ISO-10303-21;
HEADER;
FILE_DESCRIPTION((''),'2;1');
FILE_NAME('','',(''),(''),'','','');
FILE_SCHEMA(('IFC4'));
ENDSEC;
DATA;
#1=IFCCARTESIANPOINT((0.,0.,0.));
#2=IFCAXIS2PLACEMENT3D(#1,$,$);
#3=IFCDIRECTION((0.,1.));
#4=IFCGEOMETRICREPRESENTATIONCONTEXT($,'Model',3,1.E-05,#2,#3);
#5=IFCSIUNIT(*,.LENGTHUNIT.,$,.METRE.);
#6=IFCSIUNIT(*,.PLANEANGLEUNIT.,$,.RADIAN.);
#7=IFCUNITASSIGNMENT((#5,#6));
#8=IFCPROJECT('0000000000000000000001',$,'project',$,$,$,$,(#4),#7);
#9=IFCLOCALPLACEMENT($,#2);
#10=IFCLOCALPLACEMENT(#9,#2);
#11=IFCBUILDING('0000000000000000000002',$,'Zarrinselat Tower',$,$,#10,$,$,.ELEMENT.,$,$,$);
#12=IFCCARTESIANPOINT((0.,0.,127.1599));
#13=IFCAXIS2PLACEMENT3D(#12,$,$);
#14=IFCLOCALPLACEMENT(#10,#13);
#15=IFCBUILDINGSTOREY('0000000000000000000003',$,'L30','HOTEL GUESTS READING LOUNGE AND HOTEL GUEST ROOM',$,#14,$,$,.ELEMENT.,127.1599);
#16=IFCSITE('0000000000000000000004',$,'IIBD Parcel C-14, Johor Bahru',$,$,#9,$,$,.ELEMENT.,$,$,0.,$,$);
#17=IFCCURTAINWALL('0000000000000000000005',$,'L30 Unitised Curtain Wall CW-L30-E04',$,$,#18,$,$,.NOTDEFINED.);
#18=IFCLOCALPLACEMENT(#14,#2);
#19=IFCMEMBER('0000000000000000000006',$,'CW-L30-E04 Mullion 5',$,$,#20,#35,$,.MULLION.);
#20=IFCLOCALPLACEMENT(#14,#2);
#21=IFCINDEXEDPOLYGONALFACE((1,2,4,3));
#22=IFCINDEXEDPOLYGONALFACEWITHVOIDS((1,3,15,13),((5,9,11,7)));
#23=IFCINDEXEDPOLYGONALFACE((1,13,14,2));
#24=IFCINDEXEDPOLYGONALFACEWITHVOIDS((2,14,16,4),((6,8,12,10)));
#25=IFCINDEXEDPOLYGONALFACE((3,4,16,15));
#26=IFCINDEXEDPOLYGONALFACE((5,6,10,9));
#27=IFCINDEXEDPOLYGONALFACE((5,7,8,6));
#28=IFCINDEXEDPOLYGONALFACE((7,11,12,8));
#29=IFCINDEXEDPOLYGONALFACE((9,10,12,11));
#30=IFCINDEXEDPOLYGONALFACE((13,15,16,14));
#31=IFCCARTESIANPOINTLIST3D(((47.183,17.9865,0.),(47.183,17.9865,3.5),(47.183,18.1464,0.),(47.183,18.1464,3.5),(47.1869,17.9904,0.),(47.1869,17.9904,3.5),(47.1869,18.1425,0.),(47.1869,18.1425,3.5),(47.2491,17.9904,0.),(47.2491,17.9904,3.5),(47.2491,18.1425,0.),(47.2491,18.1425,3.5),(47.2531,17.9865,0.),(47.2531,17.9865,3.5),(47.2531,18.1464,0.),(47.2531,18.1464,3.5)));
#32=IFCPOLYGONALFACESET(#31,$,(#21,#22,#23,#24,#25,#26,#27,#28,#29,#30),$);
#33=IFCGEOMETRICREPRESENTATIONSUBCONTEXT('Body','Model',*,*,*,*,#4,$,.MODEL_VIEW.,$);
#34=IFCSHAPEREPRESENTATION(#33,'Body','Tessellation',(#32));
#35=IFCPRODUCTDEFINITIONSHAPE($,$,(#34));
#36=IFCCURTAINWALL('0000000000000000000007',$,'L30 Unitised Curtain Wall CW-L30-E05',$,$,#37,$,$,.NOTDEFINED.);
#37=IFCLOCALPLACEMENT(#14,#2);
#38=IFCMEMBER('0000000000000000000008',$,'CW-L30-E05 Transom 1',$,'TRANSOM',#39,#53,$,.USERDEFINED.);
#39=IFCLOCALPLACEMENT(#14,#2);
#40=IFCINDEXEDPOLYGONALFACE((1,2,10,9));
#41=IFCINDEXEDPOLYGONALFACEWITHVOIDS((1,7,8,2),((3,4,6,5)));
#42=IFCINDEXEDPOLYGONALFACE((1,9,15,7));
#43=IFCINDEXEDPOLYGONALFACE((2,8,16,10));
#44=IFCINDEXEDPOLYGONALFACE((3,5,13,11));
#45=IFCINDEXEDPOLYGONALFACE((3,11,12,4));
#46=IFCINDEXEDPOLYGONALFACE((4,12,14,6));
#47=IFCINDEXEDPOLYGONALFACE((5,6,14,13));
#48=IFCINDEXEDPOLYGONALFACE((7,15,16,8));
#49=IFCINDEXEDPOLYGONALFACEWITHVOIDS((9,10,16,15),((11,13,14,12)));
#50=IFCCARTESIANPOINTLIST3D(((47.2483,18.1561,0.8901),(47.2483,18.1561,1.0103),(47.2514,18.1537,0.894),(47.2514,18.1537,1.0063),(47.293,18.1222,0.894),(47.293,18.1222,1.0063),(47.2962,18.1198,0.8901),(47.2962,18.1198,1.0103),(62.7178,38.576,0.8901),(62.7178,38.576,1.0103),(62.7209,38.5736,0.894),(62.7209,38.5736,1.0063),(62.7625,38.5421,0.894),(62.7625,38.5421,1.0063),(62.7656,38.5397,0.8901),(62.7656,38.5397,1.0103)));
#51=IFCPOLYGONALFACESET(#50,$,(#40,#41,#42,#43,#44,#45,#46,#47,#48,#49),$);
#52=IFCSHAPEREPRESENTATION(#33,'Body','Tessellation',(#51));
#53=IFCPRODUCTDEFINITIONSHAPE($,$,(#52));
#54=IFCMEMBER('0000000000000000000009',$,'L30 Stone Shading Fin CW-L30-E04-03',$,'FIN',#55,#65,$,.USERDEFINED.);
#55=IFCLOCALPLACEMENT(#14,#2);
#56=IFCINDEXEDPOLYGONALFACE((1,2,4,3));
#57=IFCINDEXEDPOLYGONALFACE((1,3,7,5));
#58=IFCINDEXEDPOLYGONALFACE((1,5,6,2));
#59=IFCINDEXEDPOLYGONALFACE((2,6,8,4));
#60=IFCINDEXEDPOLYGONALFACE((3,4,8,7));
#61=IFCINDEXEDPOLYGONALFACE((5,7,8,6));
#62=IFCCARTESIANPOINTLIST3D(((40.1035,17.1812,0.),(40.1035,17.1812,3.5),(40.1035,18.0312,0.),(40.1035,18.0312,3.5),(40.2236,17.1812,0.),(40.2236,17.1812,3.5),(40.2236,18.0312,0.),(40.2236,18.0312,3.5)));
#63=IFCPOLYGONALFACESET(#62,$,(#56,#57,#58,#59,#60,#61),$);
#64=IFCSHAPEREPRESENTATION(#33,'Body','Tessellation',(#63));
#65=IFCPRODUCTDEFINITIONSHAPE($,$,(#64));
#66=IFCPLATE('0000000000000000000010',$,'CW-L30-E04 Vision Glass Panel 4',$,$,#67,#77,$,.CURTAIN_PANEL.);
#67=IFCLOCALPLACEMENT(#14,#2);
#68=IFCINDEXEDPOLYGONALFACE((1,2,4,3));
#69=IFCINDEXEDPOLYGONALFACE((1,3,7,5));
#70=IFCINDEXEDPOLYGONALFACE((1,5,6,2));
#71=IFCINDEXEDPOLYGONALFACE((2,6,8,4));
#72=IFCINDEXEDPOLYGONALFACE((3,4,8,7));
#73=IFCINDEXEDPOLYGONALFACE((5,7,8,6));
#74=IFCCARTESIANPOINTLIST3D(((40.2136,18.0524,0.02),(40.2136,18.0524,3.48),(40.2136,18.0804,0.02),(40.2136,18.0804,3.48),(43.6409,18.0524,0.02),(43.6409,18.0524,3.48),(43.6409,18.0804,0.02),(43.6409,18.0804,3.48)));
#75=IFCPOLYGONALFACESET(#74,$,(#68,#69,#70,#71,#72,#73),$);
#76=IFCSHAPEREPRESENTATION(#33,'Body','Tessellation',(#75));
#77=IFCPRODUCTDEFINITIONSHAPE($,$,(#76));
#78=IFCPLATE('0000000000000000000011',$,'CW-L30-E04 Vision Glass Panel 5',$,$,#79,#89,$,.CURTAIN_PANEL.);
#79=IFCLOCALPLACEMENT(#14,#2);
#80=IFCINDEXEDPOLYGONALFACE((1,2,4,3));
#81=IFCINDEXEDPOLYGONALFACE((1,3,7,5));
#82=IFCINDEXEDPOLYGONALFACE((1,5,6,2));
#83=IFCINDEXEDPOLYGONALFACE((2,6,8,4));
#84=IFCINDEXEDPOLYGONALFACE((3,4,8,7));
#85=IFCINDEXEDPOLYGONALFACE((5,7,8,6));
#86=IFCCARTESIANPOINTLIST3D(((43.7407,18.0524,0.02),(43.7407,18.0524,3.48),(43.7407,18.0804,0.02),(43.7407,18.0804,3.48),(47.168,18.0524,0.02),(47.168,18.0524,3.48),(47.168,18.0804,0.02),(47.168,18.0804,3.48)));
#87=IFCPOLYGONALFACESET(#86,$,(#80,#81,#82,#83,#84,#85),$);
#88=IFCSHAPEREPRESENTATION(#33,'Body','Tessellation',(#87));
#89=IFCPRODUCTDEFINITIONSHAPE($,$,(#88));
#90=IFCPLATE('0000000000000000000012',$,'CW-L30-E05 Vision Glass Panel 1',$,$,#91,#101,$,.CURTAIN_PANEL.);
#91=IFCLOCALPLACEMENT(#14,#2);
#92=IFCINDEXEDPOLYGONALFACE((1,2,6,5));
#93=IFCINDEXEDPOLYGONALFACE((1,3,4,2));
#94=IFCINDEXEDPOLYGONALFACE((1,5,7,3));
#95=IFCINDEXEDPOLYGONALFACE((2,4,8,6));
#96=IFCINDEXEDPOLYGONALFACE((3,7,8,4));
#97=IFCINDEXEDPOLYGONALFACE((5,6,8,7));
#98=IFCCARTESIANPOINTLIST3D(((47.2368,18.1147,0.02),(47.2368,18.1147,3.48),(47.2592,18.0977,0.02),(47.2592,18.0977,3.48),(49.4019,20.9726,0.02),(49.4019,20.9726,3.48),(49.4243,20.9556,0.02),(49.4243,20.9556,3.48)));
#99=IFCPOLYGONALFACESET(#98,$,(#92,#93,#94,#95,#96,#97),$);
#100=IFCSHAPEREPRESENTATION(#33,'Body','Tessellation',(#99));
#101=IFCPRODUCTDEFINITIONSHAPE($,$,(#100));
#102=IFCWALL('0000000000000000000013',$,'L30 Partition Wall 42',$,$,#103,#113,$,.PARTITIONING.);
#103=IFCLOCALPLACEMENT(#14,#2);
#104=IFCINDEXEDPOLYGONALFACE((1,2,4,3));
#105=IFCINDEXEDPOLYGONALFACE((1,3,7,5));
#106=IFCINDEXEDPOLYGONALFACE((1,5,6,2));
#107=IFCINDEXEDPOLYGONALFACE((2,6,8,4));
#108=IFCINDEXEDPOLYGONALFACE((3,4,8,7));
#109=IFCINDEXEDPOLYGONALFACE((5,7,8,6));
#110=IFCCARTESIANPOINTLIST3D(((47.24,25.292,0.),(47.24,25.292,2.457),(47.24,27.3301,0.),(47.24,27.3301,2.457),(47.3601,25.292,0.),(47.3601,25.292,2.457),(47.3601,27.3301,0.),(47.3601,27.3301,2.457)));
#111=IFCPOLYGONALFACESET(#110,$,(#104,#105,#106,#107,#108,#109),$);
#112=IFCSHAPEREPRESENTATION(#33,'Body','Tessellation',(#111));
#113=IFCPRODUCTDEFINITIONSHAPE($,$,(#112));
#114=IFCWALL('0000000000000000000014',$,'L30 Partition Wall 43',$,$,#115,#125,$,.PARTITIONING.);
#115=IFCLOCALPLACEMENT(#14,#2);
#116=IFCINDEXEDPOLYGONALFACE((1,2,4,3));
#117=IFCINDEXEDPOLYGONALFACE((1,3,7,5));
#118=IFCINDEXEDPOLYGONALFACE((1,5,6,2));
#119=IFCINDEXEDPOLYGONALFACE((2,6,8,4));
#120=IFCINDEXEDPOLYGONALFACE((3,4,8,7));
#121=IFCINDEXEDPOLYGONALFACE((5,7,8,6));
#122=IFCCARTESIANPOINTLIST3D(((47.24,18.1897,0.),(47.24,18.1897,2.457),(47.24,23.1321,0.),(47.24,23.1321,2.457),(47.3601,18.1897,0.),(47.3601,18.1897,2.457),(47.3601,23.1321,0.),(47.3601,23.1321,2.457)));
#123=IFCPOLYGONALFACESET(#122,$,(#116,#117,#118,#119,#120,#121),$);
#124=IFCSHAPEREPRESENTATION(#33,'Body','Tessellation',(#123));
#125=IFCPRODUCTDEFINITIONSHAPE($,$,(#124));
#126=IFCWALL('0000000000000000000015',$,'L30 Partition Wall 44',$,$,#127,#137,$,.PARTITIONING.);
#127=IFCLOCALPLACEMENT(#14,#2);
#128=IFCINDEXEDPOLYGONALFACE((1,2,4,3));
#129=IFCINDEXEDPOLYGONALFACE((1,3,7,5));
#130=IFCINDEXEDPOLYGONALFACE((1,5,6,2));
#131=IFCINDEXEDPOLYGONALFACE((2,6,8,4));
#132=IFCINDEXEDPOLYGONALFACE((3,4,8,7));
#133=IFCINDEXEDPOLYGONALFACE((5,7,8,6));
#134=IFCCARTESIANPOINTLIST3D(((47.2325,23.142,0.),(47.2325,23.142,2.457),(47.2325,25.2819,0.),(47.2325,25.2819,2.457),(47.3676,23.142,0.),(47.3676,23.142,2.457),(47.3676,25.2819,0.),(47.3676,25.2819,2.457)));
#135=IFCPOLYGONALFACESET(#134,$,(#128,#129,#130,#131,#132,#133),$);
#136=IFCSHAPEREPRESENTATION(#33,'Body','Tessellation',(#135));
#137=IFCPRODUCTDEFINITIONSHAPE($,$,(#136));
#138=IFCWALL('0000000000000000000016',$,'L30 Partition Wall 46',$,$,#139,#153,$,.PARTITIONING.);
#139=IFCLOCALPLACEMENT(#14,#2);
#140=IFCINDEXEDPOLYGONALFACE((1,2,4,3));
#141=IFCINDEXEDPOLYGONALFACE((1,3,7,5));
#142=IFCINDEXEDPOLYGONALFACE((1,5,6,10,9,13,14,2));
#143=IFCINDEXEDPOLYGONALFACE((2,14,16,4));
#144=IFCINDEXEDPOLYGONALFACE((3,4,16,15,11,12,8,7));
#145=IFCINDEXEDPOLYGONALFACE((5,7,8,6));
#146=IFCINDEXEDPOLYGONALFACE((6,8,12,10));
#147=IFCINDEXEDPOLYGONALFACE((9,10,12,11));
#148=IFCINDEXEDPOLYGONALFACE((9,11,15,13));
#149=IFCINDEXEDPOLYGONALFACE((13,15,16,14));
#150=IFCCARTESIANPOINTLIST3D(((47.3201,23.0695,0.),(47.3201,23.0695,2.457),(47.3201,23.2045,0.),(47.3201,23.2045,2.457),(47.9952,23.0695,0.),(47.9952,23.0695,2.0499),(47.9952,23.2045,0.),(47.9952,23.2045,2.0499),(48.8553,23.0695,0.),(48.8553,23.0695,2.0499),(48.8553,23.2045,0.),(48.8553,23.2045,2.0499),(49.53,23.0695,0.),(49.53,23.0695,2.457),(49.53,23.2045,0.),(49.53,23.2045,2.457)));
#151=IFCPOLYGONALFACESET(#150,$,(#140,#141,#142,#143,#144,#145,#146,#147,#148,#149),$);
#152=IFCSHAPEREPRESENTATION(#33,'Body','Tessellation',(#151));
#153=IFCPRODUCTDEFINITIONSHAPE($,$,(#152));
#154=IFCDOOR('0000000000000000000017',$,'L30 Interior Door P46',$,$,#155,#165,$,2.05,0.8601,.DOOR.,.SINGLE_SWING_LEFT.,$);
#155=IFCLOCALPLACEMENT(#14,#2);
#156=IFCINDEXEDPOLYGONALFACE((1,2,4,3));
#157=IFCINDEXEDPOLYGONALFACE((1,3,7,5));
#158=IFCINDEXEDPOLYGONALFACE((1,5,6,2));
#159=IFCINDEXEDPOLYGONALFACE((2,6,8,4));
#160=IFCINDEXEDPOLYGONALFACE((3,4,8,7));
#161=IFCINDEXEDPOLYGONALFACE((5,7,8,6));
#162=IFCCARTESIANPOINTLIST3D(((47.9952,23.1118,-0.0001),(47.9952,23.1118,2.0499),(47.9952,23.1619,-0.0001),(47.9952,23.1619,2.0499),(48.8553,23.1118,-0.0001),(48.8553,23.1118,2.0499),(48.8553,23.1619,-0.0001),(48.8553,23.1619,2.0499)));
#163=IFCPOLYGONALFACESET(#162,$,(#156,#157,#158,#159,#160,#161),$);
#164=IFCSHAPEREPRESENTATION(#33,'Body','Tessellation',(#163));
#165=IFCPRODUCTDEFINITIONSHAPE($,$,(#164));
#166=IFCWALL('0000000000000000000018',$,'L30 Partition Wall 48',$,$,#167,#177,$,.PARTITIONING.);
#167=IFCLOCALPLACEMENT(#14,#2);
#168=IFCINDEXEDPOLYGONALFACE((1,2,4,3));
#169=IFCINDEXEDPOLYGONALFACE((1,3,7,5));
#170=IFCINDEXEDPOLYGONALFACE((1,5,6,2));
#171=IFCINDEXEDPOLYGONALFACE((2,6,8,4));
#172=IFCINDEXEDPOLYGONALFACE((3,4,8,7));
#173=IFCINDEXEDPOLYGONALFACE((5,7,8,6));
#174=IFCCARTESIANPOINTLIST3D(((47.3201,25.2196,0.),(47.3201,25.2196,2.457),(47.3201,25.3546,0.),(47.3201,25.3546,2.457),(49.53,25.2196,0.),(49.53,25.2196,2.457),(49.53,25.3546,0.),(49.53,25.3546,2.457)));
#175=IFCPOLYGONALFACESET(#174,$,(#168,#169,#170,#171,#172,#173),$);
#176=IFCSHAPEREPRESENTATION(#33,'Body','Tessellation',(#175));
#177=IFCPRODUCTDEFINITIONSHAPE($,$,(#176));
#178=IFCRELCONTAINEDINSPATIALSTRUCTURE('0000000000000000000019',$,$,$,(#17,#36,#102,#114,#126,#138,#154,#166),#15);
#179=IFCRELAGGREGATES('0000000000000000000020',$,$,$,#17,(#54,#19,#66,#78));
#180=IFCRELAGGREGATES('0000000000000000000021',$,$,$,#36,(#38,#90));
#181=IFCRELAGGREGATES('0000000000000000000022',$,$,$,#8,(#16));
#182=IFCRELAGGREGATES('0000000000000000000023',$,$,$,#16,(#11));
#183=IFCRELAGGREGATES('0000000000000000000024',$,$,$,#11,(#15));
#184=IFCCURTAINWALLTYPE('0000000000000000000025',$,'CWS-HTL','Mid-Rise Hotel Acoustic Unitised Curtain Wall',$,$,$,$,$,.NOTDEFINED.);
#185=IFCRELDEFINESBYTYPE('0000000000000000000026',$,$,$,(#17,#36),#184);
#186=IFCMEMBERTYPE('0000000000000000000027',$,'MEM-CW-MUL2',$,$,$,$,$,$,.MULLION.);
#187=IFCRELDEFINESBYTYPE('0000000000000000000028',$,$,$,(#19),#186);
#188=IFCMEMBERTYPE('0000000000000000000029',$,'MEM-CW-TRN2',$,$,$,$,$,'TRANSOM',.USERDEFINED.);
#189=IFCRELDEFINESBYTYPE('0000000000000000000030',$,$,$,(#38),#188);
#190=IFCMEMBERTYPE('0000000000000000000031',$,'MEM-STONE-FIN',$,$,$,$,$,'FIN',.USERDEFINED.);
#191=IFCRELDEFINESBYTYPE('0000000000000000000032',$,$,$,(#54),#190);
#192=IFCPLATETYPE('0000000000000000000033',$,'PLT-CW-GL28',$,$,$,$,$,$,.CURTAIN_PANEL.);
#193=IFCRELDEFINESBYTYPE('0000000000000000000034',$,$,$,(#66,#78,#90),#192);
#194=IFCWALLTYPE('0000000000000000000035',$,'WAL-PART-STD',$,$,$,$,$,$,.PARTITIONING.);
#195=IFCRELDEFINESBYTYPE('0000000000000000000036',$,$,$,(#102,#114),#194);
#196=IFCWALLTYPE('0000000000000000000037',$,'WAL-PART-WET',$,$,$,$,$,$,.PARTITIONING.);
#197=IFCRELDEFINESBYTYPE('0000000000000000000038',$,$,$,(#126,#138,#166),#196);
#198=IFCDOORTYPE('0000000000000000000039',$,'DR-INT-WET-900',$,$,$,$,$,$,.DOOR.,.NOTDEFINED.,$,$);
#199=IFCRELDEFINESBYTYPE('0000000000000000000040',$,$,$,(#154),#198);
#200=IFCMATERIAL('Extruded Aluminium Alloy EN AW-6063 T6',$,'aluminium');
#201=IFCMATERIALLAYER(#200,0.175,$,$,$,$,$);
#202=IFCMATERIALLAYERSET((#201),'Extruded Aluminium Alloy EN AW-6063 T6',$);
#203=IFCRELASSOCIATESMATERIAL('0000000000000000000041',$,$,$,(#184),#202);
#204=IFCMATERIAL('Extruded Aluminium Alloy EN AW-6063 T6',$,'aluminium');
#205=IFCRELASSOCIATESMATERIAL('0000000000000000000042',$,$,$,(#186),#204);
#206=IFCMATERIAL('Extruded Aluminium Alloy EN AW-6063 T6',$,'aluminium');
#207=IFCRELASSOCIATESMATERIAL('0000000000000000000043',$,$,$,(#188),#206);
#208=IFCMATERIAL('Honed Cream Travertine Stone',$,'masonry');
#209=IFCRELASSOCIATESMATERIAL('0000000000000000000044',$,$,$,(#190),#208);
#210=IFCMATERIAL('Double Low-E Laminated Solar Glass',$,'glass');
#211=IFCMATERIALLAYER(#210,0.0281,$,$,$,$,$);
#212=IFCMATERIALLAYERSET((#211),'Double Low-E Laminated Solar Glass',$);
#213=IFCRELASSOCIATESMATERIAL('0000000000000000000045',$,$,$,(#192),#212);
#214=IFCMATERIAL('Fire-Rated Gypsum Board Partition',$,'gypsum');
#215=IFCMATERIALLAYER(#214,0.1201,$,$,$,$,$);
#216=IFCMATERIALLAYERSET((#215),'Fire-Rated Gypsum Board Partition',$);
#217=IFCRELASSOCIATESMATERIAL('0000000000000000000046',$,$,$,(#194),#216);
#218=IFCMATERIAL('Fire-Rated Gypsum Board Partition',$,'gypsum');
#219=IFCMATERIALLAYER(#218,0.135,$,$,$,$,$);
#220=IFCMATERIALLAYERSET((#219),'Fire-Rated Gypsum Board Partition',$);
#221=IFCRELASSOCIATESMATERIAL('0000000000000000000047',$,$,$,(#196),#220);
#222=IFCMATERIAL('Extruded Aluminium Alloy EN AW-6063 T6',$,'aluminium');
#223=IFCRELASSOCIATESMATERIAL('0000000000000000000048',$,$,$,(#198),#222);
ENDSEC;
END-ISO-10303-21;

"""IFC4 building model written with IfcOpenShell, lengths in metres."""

from ifc_helpers import new_model, si_unit, direction, frame, frame_2d, origin, origin_2d, place, context, subcontext, project, spatial, rectangle, hollow_rectangle, extrude, material, layer, layer_set, material_profile, profile_set, type_object, element, fill, aggregate, save


model = new_model("IFC4")

# Units and contexts
model_context = context("Model", 3, precision=1e-05, world=origin(), true_north=direction((0.0, 1.0)))
body_context = subcontext(model_context, "Body", "Model", "MODEL_VIEW")
ifc_project = project(units=[si_unit("LENGTHUNIT", "METRE"), si_unit("PLANEANGLEUNIT", "RADIAN")], contexts=[model_context])

# Site, building, storey
site_placement = place(None, origin())
site = spatial("IfcSite", under=ifc_project, at=site_placement, Name="IIBD Parcel C-14, Johor Bahru", CompositionType="ELEMENT", RefElevation=0.0)
building_placement = place(site_placement, origin())
building = spatial("IfcBuilding", under=site, at=building_placement, Name="Zarrinselat Tower", CompositionType="ELEMENT")
storey_placement = place(building_placement, frame((0.0, 0.0, 127.1599)))
storey = spatial("IfcBuildingStorey", under=building, at=storey_placement, Name="L30", Description="HOTEL GUESTS READING LOUNGE AND HOTEL GUEST ROOM", CompositionType="ELEMENT", Elevation=127.1599)

# Curtain wall, member
ifc_material_1 = material(Name="Extruded Aluminium Alloy EN AW-6063 T6", Category="aluminium")
ifc_layer_1 = layer(ifc_material_1, 0.175)
ifc_layer_set_1 = layer_set([ifc_layer_1], Name="Extruded Aluminium Alloy EN AW-6063 T6")
curtain_wall_type = type_object("IfcCurtainWallType", Name="CWS-HTL", Description="Mid-Rise Hotel Acoustic Unitised Curtain Wall", PredefinedType="NOTDEFINED", material=ifc_layer_set_1)
curtain_wall_1_placement = place(storey_placement, origin())
curtain_wall_1 = element("IfcCurtainWall", 1, at=curtain_wall_1_placement, inside=storey, type_object=curtain_wall_type, Name="L30 Unitised Curtain Wall CW-L30-E04", PredefinedType="NOTDEFINED")
ifc_material_2 = material(Name="Extruded Aluminium Alloy EN AW-6063 T6", Category="aluminium")
ifc_material_profile_1 = material_profile(ifc_material_2, hollow_rectangle(XDim=0.0701, YDim=0.1599, WallThickness=0.0039, at=origin_2d()), Name="RHS 160x70x4")
ifc_profile_set_1 = profile_set([ifc_material_profile_1], Name="Extruded Aluminium Alloy EN AW-6063 T6")
member_type_1 = type_object("IfcMemberType", Name="MEM-CW-MUL2", PredefinedType="MULLION", material=ifc_profile_set_1)
member_1_placement = place(storey_placement, frame((47.218, 18.0664, 0.0), z_axis=(0.0, 0.0, 1.0), x_axis=(1.0, 0.0, 0.0)))
member_1 = element("IfcMember", 2, at=member_1_placement, type_object=member_type_1, Name="CW-L30-E04 Mullion 5", PredefinedType="MULLION", context=body_context, shape_type="SweptSolid", body=[
    extrude(hollow_rectangle(XDim=0.0701, YDim=0.1599, WallThickness=0.0039, at=origin_2d()), origin(), (0.0, 0.0, 1.0), 3.5),
])

# Curtain wall, member
curtain_wall_2_placement = place(storey_placement, origin())
curtain_wall_2 = element("IfcCurtainWall", 3, at=curtain_wall_2_placement, inside=storey, type_object=curtain_wall_type, Name="L30 Unitised Curtain Wall CW-L30-E05", PredefinedType="NOTDEFINED")
ifc_material_3 = material(Name="Extruded Aluminium Alloy EN AW-6063 T6", Category="aluminium")
ifc_material_profile_2 = material_profile(ifc_material_3, hollow_rectangle(XDim=0.0601, YDim=0.1201, WallThickness=0.0039, at=origin_2d()), Name="RHS 120x60x4")
ifc_profile_set_2 = profile_set([ifc_material_profile_2], Name="Extruded Aluminium Alloy EN AW-6063 T6")
member_type_2 = type_object("IfcMemberType", Name="MEM-CW-TRN2", ElementType="TRANSOM", PredefinedType="USERDEFINED", material=ifc_profile_set_2)
member_2_placement = place(storey_placement, frame((47.2722, 18.1379, 0.9502), z_axis=(0.603854, 0.797095, 0.0), x_axis=(-0.797095, 0.603854, 0.0)))
member_2 = element("IfcMember", 4, at=member_2_placement, type_object=member_type_2, Name="CW-L30-E05 Transom 1", ObjectType="TRANSOM", PredefinedType="USERDEFINED", context=body_context, shape_type="SweptSolid", body=[
    extrude(hollow_rectangle(XDim=0.0601, YDim=0.1201, WallThickness=0.0039, at=origin_2d()), origin(), (0.0, 0.0, 1.0), 25.6179),
])

# Member
ifc_material_4 = material(Name="Honed Cream Travertine Stone", Category="masonry")
ifc_material_profile_3 = material_profile(ifc_material_4, rectangle(XDim=0.1201, YDim=0.8501, at=origin_2d()), Name="FIN 850x120")
ifc_profile_set_3 = profile_set([ifc_material_profile_3], Name="Honed Cream Travertine Stone")
member_type_3 = type_object("IfcMemberType", Name="MEM-STONE-FIN", ElementType="FIN", PredefinedType="USERDEFINED", material=ifc_profile_set_3)
member_3_placement = place(storey_placement, frame((40.1636, 17.6062, 0.0), z_axis=(0.0, 0.0, 1.0), x_axis=(-1.0, 0.0, 0.0)))
member_3 = element("IfcMember", 5, at=member_3_placement, type_object=member_type_3, Name="L30 Stone Shading Fin CW-L30-E04-03", ObjectType="FIN", PredefinedType="USERDEFINED", context=body_context, shape_type="SweptSolid", body=[
    extrude(rectangle(XDim=0.1201, YDim=0.8501, at=origin_2d()), origin(), (0.0, 0.0, 1.0), 3.5),
])

# Plates
ifc_material_5 = material(Name="Double Low-E Laminated Solar Glass", Category="glass")
ifc_layer_2 = layer(ifc_material_5, 0.0281)
ifc_layer_set_2 = layer_set([ifc_layer_2], Name="Double Low-E Laminated Solar Glass")
plate_type = type_object("IfcPlateType", Name="PLT-CW-GL28", PredefinedType="CURTAIN_PANEL", material=ifc_layer_set_2)
plate_1_placement = place(storey_placement, frame((41.9272, 18.0664, 0.02), z_axis=(0.0, 0.0, 1.0), x_axis=(1.0, 0.0, 0.0)))
plate_1 = element("IfcPlate", 6, at=plate_1_placement, type_object=plate_type, Name="CW-L30-E04 Vision Glass Panel 4", PredefinedType="CURTAIN_PANEL", context=body_context, shape_type="SweptSolid", body=[
    extrude(rectangle(XDim=3.4272, YDim=0.0281, at=origin_2d()), origin(), (0.0, 0.0, 1.0), 3.46),
])
plate_2_placement = place(storey_placement, frame((45.4543, 18.0664, 0.02), z_axis=(0.0, 0.0, 1.0), x_axis=(1.0, 0.0, 0.0)))
plate_2 = element("IfcPlate", 7, at=plate_2_placement, type_object=plate_type, Name="CW-L30-E04 Vision Glass Panel 5", PredefinedType="CURTAIN_PANEL", context=body_context, shape_type="SweptSolid", body=[
    extrude(rectangle(XDim=3.4272, YDim=0.0281, at=origin_2d()), origin(), (0.0, 0.0, 1.0), 3.46),
])
aggregate(curtain_wall_1, [member_3, member_1, plate_1, plate_2])
plate_3_placement = place(storey_placement, frame((48.3306, 19.5352, 0.02), z_axis=(0.0, 0.0, 1.0), x_axis=(0.603858, 0.797092, 0.0)))
plate_3 = element("IfcPlate", 8, at=plate_3_placement, type_object=plate_type, Name="CW-L30-E05 Vision Glass Panel 1", PredefinedType="CURTAIN_PANEL", context=body_context, shape_type="SweptSolid", body=[
    extrude(rectangle(XDim=3.5854, YDim=0.0281, at=origin_2d()), origin(), (0.0, 0.0, 1.0), 3.46),
])
aggregate(curtain_wall_2, [member_2, plate_3])

# Walls
ifc_material_6 = material(Name="Fire-Rated Gypsum Board Partition", Category="gypsum")
ifc_layer_3 = layer(ifc_material_6, 0.1201)
ifc_layer_set_3 = layer_set([ifc_layer_3], Name="Fire-Rated Gypsum Board Partition")
wall_type_1 = type_object("IfcWallType", Name="WAL-PART-STD", PredefinedType="PARTITIONING", material=ifc_layer_set_3)
wall_1_placement = place(storey_placement, frame((47.3, 25.292, 0.0), z_axis=(0.0, 0.0, 1.0), x_axis=(0.0, 1.0, 0.0)))
element("IfcWall", 9, at=wall_1_placement, inside=storey, type_object=wall_type_1, Name="L30 Partition Wall 42", PredefinedType="PARTITIONING", context=body_context, shape_type="SweptSolid", body=[
    extrude(rectangle(XDim=2.0381, YDim=0.1201, at=frame_2d((1.019, 0.0))), origin(), (0.0, 0.0, 1.0), 2.457),
])
wall_2_placement = place(storey_placement, frame((47.3, 18.1897, 0.0), z_axis=(0.0, 0.0, 1.0), x_axis=(0.0, 1.0, 0.0)))
element("IfcWall", 10, at=wall_2_placement, inside=storey, type_object=wall_type_1, Name="L30 Partition Wall 43", PredefinedType="PARTITIONING", context=body_context, shape_type="SweptSolid", body=[
    extrude(rectangle(XDim=4.9424, YDim=0.1201, at=frame_2d((2.4712, 0.0))), origin(), (0.0, 0.0, 1.0), 2.457),
])
ifc_material_7 = material(Name="Fire-Rated Gypsum Board Partition", Category="gypsum")
ifc_layer_4 = layer(ifc_material_7, 0.135)
ifc_layer_set_4 = layer_set([ifc_layer_4], Name="Fire-Rated Gypsum Board Partition")
wall_type_2 = type_object("IfcWallType", Name="WAL-PART-WET", PredefinedType="PARTITIONING", material=ifc_layer_set_4)
wall_3_placement = place(storey_placement, frame((47.3, 23.1421, 0.0), z_axis=(0.0, 0.0, 1.0), x_axis=(0.0, 1.0, 0.0)))
element("IfcWall", 11, at=wall_3_placement, inside=storey, type_object=wall_type_2, Name="L30 Partition Wall 44", PredefinedType="PARTITIONING", context=body_context, shape_type="SweptSolid", body=[
    extrude(rectangle(XDim=2.1399, YDim=0.135, at=frame_2d((1.0698, 0.0))), origin(), (0.0, 0.0, 1.0), 2.457),
])

# Wall, opening, door
wall_4_placement = place(storey_placement, frame((47.3201, 23.137, 0.0), z_axis=(0.0, 0.0, 1.0), x_axis=(1.0, 0.0, 0.0)))
wall_4 = element("IfcWall", 12, at=wall_4_placement, inside=storey, type_object=wall_type_2, Name="L30 Partition Wall 46", PredefinedType="PARTITIONING", context=body_context, shape_type="SweptSolid", body=[
    extrude(rectangle(XDim=2.21, YDim=0.135, at=frame_2d((1.105, 0.0))), origin(), (0.0, 0.0, 1.0), 2.457),
])
opening_placement = place(wall_4_placement, frame((0.675, 0.0, 0.0)))
opening = element("IfcOpeningElement", 13, at=opening_placement, cuts=wall_4, PredefinedType="OPENING", context=body_context, shape_type="SweptSolid", body=[
    extrude(rectangle(XDim=0.8601, YDim=2.05, at=frame_2d((0.4302, 1.0249))), frame((0.0, 0.0774, 0.0), z_axis=(0.0, -1.0, 0.0), x_axis=(1.0, 0.0, 0.0)), (0.0, 0.0, 1.0), 0.155),
])
ifc_material_8 = material(Name="Extruded Aluminium Alloy EN AW-6063 T6", Category="aluminium")
door_type = type_object("IfcDoorType", Name="DR-INT-WET-900", OperationType="NOTDEFINED", PredefinedType="DOOR", material=ifc_material_8)
door_placement = place(opening_placement, origin())
door = element("IfcDoor", 14, at=door_placement, inside=storey, type_object=door_type, Name="L30 Interior Door P46", OperationType="SINGLE_SWING_LEFT", OverallHeight=2.05, OverallWidth=0.8601, PredefinedType="DOOR", context=body_context, shape_type="SweptSolid", body=[
    extrude(rectangle(XDim=0.8601, YDim=2.05, at=frame_2d((0.4302, 1.0249))), frame((0.0, 0.0249, 0.0), z_axis=(0.0, -1.0, 0.0), x_axis=(1.0, 0.0, 0.0)), (0.0, 0.0, 1.0), 0.05),
])
fill(opening, door)

# Wall
wall_5_placement = place(storey_placement, frame((47.3201, 25.2871, 0.0), z_axis=(0.0, 0.0, 1.0), x_axis=(1.0, 0.0, 0.0)))
element("IfcWall", 15, at=wall_5_placement, inside=storey, type_object=wall_type_2, Name="L30 Partition Wall 48", PredefinedType="PARTITIONING", context=body_context, shape_type="SweptSolid", body=[
    extrude(rectangle(XDim=2.21, YDim=0.135, at=frame_2d((1.105, 0.0))), origin(), (0.0, 0.0, 1.0), 2.457),
])

save(model, "model.ifc")
